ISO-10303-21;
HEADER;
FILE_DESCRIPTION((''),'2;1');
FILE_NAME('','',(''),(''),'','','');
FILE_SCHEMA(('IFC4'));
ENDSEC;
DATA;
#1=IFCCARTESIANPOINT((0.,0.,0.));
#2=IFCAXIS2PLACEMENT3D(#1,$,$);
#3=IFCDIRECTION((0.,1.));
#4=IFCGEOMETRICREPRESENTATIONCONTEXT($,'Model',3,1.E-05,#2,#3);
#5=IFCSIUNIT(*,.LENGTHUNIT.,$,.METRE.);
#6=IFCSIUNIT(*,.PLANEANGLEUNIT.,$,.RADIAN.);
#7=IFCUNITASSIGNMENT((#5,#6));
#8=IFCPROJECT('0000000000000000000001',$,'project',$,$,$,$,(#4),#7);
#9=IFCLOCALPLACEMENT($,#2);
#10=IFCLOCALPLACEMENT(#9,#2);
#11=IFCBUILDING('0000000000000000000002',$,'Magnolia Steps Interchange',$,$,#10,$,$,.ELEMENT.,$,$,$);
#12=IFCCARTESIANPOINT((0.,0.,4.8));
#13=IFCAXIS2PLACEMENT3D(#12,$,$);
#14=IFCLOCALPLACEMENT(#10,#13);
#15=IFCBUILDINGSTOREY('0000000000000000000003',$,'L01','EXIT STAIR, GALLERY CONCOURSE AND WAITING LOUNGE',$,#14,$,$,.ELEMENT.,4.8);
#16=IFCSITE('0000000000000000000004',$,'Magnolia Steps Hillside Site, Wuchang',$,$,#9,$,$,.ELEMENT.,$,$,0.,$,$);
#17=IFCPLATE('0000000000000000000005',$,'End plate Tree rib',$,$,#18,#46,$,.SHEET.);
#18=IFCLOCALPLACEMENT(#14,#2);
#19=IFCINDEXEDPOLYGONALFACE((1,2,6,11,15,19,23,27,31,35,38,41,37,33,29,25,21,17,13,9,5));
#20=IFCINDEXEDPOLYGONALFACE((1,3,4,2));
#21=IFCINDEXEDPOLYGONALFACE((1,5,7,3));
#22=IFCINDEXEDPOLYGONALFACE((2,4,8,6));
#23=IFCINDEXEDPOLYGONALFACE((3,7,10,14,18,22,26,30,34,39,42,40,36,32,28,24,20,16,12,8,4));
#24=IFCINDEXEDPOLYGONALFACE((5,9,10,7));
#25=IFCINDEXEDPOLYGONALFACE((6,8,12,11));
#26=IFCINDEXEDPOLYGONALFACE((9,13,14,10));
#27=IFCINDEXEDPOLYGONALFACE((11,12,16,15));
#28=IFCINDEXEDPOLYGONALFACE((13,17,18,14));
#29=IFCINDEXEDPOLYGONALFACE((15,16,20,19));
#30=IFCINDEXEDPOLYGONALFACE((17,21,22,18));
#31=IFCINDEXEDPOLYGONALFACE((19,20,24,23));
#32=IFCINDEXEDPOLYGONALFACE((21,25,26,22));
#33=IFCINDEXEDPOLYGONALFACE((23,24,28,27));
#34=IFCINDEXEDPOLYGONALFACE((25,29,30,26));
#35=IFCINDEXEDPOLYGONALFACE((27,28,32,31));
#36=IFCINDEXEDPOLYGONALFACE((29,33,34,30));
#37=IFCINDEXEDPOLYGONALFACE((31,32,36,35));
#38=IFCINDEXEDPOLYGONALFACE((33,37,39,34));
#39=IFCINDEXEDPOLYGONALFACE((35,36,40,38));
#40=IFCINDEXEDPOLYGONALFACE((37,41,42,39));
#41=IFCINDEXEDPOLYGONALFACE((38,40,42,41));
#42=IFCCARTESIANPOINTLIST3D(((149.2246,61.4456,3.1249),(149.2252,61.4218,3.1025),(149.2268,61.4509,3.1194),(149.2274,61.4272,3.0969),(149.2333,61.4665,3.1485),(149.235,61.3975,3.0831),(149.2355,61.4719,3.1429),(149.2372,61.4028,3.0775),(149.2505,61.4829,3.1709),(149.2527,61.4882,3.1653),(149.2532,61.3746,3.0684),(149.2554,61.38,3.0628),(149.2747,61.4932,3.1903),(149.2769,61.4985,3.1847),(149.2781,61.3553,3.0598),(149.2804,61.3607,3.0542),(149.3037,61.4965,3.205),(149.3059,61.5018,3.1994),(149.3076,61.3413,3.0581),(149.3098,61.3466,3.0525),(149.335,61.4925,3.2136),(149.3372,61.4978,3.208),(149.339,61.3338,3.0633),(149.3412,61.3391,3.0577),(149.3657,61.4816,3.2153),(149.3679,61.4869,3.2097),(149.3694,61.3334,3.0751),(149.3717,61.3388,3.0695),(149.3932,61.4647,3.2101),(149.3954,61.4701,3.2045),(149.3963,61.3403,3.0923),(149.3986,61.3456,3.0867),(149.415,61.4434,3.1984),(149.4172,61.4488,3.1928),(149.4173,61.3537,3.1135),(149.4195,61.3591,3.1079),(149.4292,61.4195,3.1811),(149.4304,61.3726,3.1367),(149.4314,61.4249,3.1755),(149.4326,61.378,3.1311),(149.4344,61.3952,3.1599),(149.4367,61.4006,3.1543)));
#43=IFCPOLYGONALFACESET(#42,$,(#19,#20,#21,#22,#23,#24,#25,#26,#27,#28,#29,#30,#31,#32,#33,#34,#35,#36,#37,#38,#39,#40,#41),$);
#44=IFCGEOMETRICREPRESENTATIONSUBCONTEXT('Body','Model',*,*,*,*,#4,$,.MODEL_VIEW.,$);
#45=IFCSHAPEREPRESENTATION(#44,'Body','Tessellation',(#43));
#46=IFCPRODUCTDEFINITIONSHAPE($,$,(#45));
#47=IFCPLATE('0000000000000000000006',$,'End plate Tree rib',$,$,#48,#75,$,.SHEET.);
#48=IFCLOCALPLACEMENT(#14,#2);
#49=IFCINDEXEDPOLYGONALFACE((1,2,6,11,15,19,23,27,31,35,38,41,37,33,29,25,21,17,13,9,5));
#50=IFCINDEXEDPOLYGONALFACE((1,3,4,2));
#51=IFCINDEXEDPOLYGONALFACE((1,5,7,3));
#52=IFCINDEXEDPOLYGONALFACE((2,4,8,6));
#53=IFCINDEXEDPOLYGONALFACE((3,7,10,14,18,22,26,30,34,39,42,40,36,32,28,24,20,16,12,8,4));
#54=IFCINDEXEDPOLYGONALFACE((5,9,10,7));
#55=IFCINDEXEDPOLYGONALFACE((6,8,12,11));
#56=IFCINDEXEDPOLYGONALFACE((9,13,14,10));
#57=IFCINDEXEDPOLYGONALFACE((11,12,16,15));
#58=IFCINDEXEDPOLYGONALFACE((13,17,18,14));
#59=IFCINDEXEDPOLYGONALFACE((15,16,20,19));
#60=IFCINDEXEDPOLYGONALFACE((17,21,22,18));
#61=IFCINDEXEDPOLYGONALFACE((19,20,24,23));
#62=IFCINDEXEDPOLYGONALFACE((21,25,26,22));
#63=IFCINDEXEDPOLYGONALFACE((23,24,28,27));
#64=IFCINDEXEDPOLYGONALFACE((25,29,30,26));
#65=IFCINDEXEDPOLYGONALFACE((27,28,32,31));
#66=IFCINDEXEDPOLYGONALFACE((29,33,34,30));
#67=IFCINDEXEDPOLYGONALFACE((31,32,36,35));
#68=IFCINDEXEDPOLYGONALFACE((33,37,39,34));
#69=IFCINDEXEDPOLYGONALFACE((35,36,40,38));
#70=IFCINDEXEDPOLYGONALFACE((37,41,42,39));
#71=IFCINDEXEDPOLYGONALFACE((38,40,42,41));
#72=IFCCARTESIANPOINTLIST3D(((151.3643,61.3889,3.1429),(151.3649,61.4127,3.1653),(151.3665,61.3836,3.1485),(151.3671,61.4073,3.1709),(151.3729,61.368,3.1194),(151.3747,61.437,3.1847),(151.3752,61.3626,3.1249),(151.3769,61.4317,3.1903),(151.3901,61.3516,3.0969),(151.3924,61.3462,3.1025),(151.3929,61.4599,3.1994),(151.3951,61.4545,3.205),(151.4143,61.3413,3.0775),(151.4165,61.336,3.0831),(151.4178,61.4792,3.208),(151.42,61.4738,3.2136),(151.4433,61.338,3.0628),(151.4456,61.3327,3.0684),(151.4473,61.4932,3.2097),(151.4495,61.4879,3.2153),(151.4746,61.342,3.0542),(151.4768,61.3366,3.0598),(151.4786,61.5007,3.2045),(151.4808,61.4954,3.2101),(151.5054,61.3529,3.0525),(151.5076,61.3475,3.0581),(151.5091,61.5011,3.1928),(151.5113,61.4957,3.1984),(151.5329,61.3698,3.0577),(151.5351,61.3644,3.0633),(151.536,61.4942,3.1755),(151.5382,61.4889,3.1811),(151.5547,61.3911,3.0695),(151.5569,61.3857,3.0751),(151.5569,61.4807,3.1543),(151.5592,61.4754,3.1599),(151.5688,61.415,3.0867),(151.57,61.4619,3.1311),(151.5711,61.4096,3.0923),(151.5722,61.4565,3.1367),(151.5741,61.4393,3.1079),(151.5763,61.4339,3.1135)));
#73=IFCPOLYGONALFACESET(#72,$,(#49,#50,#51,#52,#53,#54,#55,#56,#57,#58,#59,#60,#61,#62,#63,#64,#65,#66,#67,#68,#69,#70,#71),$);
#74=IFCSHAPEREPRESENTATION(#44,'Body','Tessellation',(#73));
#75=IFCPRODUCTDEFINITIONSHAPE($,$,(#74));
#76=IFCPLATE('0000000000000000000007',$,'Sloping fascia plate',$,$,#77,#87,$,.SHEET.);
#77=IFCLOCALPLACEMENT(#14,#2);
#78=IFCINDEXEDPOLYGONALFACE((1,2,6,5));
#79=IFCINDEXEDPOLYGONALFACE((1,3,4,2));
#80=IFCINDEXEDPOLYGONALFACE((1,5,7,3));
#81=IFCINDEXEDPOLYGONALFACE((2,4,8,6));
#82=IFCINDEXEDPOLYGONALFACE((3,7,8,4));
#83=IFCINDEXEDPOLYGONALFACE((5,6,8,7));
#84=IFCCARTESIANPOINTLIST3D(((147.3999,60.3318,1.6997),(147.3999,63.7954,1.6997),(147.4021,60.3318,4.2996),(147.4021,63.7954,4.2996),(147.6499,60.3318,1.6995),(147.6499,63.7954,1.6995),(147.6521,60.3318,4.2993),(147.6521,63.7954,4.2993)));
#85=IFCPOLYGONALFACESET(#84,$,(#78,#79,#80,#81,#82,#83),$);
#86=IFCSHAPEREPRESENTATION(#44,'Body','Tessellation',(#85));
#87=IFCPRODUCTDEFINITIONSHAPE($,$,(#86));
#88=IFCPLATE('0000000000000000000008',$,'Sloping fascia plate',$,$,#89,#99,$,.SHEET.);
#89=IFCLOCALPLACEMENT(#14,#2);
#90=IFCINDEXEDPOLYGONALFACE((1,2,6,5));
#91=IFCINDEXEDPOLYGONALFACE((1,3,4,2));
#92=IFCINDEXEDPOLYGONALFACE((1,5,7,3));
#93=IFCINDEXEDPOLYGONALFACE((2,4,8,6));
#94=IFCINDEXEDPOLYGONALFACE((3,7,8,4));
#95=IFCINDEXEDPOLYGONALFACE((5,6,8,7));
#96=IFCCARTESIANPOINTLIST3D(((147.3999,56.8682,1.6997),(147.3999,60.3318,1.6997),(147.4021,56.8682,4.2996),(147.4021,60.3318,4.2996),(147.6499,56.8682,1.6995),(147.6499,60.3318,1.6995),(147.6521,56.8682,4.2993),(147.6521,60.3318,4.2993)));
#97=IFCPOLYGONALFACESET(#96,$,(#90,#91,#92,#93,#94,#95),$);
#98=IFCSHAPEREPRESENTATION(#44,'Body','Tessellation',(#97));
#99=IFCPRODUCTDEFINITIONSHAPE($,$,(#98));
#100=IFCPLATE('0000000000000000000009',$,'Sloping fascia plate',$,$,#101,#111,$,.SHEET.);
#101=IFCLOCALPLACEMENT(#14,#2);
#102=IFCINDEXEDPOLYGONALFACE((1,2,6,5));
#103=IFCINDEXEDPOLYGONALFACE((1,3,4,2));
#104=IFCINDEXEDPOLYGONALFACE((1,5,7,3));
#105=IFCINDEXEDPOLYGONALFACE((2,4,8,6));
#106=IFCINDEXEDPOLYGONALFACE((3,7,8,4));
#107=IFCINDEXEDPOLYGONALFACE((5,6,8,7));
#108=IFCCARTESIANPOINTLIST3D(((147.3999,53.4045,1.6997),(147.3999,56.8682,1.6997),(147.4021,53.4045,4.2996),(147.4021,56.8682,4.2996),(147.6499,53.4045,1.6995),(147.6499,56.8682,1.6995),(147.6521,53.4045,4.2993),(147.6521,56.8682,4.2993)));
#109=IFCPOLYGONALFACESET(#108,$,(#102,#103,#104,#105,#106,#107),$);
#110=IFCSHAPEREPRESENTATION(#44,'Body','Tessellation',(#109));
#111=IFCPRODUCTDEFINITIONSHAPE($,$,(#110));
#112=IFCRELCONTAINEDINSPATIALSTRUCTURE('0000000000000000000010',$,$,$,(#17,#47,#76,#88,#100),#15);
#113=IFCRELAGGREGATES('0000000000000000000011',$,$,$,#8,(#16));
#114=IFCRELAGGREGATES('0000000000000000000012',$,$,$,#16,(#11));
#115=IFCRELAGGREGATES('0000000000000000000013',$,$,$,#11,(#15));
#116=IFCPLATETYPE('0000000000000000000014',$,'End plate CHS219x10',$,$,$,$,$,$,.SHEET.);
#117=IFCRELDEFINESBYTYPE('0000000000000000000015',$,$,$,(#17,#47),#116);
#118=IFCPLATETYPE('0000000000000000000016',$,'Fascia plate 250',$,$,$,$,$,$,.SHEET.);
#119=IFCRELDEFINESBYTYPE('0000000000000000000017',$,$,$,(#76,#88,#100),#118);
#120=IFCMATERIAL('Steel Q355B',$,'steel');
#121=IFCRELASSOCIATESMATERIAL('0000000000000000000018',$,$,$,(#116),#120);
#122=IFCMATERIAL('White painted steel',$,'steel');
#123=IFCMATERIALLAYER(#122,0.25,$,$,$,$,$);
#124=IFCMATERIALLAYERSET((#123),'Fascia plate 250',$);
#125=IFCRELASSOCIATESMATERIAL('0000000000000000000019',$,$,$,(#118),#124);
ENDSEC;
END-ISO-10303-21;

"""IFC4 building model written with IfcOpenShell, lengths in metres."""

from ifc_helpers import new_model, si_unit, direction, frame, origin, origin_2d, place, context, subcontext, project, spatial, polyline, circle, outline, extrude, material, layer, layer_set, material_profile, profile_set, type_object, element, save


model = new_model("IFC4")

# Units and contexts
model_context = context("Model", 3, precision=1e-05, world=origin(), true_north=direction((0.0, 1.0)))
body_context = subcontext(model_context, "Body", "Model", "MODEL_VIEW")
ifc_project = project(units=[si_unit("LENGTHUNIT", "METRE"), si_unit("PLANEANGLEUNIT", "RADIAN")], contexts=[model_context])

# Site, building, storey
site_placement = place(None, origin())
site = spatial("IfcSite", under=ifc_project, at=site_placement, Name="Magnolia Steps Hillside Site, Wuchang", CompositionType="ELEMENT", RefElevation=0.0)
building_placement = place(site_placement, origin())
building = spatial("IfcBuilding", under=site, at=building_placement, Name="Magnolia Steps Interchange", CompositionType="ELEMENT")
storey_placement = place(building_placement, frame((0.0, 0.0, 4.8)))
storey = spatial("IfcBuildingStorey", under=building, at=storey_placement, Name="L01", Description="EXIT STAIR, GALLERY CONCOURSE AND WAITING LOUNGE", CompositionType="ELEMENT", Elevation=4.8)

# Plates
ifc_material_1 = material(Name="Steel Q355B", Category="steel")
ifc_material_profile_1 = material_profile(ifc_material_1, circle(Radius=0.1096, at=origin_2d()), Name="End plate CHS219x10")
ifc_profile_set_1 = profile_set([ifc_material_profile_1], Name="Steel Q355B")
plate_type_1 = type_object("IfcPlateType", Name="End plate CHS219x10", PredefinedType="SHEET", material=ifc_profile_set_1)
for number, where, z_axis, x_axis, name in (
    (1, (149.3313, 61.4199, 3.1311), (-0.275279, -0.664583, 0.694658), (0.92388, -0.382683, 0.0), "End plate Tree rib"),
    (2, (151.4688, 61.4199, 3.1311), (0.275279, -0.664583, 0.694658), (0.92388, 0.382683, 0.0), "End plate Tree rib"),
):
    element("IfcPlate", number, at=place(storey_placement, frame(where, z_axis=z_axis, x_axis=x_axis)), inside=storey, type_object=plate_type_1, Name=name, PredefinedType="SHEET", context=body_context, shape_type="SweptSolid", body=[
        extrude(circle(Radius=0.1096, at=origin_2d()), origin(), (0.0, 0.0, 1.0), 0.0081),
    ])
ifc_material_2 = material(Name="White painted steel", Category="steel")
ifc_layer = layer(ifc_material_2, 0.25)
ifc_layer_set = layer_set([ifc_layer], Name="Fascia plate 250")
plate_type_2 = type_object("IfcPlateType", Name="Fascia plate 250", PredefinedType="SHEET", material=ifc_layer_set)
for number, where, z_axis, x_axis, name in (
    (3, (147.3999, 63.7954, 1.6997), (-1.0, 0.0, 0.000845), (0.0, -1.0, 0.0), "Sloping fascia plate"),
    (4, (147.3999, 60.3318, 1.6997), (-1.0, 0.0, 0.000845), (0.0, -1.0, 0.0), "Sloping fascia plate"),
    (5, (147.3999, 56.8682, 1.6997), (-1.0, 0.0, 0.000845), (0.0, -1.0, 0.0), "Sloping fascia plate"),
):
    element("IfcPlate", number, at=place(storey_placement, frame(where, z_axis=z_axis, x_axis=x_axis)), inside=storey, type_object=plate_type_2, Name=name, PredefinedType="SHEET", context=body_context, shape_type="SweptSolid", body=[
        extrude(outline(polyline([(0.0, 0.0), (3.4636, 0.0), (3.4636, 2.5999), (0.0, 2.5999), (0.0, 0.0)])), origin(), (0.0, 0.0, -1.0), 0.25),
    ])

save(model, "model.ifc")
